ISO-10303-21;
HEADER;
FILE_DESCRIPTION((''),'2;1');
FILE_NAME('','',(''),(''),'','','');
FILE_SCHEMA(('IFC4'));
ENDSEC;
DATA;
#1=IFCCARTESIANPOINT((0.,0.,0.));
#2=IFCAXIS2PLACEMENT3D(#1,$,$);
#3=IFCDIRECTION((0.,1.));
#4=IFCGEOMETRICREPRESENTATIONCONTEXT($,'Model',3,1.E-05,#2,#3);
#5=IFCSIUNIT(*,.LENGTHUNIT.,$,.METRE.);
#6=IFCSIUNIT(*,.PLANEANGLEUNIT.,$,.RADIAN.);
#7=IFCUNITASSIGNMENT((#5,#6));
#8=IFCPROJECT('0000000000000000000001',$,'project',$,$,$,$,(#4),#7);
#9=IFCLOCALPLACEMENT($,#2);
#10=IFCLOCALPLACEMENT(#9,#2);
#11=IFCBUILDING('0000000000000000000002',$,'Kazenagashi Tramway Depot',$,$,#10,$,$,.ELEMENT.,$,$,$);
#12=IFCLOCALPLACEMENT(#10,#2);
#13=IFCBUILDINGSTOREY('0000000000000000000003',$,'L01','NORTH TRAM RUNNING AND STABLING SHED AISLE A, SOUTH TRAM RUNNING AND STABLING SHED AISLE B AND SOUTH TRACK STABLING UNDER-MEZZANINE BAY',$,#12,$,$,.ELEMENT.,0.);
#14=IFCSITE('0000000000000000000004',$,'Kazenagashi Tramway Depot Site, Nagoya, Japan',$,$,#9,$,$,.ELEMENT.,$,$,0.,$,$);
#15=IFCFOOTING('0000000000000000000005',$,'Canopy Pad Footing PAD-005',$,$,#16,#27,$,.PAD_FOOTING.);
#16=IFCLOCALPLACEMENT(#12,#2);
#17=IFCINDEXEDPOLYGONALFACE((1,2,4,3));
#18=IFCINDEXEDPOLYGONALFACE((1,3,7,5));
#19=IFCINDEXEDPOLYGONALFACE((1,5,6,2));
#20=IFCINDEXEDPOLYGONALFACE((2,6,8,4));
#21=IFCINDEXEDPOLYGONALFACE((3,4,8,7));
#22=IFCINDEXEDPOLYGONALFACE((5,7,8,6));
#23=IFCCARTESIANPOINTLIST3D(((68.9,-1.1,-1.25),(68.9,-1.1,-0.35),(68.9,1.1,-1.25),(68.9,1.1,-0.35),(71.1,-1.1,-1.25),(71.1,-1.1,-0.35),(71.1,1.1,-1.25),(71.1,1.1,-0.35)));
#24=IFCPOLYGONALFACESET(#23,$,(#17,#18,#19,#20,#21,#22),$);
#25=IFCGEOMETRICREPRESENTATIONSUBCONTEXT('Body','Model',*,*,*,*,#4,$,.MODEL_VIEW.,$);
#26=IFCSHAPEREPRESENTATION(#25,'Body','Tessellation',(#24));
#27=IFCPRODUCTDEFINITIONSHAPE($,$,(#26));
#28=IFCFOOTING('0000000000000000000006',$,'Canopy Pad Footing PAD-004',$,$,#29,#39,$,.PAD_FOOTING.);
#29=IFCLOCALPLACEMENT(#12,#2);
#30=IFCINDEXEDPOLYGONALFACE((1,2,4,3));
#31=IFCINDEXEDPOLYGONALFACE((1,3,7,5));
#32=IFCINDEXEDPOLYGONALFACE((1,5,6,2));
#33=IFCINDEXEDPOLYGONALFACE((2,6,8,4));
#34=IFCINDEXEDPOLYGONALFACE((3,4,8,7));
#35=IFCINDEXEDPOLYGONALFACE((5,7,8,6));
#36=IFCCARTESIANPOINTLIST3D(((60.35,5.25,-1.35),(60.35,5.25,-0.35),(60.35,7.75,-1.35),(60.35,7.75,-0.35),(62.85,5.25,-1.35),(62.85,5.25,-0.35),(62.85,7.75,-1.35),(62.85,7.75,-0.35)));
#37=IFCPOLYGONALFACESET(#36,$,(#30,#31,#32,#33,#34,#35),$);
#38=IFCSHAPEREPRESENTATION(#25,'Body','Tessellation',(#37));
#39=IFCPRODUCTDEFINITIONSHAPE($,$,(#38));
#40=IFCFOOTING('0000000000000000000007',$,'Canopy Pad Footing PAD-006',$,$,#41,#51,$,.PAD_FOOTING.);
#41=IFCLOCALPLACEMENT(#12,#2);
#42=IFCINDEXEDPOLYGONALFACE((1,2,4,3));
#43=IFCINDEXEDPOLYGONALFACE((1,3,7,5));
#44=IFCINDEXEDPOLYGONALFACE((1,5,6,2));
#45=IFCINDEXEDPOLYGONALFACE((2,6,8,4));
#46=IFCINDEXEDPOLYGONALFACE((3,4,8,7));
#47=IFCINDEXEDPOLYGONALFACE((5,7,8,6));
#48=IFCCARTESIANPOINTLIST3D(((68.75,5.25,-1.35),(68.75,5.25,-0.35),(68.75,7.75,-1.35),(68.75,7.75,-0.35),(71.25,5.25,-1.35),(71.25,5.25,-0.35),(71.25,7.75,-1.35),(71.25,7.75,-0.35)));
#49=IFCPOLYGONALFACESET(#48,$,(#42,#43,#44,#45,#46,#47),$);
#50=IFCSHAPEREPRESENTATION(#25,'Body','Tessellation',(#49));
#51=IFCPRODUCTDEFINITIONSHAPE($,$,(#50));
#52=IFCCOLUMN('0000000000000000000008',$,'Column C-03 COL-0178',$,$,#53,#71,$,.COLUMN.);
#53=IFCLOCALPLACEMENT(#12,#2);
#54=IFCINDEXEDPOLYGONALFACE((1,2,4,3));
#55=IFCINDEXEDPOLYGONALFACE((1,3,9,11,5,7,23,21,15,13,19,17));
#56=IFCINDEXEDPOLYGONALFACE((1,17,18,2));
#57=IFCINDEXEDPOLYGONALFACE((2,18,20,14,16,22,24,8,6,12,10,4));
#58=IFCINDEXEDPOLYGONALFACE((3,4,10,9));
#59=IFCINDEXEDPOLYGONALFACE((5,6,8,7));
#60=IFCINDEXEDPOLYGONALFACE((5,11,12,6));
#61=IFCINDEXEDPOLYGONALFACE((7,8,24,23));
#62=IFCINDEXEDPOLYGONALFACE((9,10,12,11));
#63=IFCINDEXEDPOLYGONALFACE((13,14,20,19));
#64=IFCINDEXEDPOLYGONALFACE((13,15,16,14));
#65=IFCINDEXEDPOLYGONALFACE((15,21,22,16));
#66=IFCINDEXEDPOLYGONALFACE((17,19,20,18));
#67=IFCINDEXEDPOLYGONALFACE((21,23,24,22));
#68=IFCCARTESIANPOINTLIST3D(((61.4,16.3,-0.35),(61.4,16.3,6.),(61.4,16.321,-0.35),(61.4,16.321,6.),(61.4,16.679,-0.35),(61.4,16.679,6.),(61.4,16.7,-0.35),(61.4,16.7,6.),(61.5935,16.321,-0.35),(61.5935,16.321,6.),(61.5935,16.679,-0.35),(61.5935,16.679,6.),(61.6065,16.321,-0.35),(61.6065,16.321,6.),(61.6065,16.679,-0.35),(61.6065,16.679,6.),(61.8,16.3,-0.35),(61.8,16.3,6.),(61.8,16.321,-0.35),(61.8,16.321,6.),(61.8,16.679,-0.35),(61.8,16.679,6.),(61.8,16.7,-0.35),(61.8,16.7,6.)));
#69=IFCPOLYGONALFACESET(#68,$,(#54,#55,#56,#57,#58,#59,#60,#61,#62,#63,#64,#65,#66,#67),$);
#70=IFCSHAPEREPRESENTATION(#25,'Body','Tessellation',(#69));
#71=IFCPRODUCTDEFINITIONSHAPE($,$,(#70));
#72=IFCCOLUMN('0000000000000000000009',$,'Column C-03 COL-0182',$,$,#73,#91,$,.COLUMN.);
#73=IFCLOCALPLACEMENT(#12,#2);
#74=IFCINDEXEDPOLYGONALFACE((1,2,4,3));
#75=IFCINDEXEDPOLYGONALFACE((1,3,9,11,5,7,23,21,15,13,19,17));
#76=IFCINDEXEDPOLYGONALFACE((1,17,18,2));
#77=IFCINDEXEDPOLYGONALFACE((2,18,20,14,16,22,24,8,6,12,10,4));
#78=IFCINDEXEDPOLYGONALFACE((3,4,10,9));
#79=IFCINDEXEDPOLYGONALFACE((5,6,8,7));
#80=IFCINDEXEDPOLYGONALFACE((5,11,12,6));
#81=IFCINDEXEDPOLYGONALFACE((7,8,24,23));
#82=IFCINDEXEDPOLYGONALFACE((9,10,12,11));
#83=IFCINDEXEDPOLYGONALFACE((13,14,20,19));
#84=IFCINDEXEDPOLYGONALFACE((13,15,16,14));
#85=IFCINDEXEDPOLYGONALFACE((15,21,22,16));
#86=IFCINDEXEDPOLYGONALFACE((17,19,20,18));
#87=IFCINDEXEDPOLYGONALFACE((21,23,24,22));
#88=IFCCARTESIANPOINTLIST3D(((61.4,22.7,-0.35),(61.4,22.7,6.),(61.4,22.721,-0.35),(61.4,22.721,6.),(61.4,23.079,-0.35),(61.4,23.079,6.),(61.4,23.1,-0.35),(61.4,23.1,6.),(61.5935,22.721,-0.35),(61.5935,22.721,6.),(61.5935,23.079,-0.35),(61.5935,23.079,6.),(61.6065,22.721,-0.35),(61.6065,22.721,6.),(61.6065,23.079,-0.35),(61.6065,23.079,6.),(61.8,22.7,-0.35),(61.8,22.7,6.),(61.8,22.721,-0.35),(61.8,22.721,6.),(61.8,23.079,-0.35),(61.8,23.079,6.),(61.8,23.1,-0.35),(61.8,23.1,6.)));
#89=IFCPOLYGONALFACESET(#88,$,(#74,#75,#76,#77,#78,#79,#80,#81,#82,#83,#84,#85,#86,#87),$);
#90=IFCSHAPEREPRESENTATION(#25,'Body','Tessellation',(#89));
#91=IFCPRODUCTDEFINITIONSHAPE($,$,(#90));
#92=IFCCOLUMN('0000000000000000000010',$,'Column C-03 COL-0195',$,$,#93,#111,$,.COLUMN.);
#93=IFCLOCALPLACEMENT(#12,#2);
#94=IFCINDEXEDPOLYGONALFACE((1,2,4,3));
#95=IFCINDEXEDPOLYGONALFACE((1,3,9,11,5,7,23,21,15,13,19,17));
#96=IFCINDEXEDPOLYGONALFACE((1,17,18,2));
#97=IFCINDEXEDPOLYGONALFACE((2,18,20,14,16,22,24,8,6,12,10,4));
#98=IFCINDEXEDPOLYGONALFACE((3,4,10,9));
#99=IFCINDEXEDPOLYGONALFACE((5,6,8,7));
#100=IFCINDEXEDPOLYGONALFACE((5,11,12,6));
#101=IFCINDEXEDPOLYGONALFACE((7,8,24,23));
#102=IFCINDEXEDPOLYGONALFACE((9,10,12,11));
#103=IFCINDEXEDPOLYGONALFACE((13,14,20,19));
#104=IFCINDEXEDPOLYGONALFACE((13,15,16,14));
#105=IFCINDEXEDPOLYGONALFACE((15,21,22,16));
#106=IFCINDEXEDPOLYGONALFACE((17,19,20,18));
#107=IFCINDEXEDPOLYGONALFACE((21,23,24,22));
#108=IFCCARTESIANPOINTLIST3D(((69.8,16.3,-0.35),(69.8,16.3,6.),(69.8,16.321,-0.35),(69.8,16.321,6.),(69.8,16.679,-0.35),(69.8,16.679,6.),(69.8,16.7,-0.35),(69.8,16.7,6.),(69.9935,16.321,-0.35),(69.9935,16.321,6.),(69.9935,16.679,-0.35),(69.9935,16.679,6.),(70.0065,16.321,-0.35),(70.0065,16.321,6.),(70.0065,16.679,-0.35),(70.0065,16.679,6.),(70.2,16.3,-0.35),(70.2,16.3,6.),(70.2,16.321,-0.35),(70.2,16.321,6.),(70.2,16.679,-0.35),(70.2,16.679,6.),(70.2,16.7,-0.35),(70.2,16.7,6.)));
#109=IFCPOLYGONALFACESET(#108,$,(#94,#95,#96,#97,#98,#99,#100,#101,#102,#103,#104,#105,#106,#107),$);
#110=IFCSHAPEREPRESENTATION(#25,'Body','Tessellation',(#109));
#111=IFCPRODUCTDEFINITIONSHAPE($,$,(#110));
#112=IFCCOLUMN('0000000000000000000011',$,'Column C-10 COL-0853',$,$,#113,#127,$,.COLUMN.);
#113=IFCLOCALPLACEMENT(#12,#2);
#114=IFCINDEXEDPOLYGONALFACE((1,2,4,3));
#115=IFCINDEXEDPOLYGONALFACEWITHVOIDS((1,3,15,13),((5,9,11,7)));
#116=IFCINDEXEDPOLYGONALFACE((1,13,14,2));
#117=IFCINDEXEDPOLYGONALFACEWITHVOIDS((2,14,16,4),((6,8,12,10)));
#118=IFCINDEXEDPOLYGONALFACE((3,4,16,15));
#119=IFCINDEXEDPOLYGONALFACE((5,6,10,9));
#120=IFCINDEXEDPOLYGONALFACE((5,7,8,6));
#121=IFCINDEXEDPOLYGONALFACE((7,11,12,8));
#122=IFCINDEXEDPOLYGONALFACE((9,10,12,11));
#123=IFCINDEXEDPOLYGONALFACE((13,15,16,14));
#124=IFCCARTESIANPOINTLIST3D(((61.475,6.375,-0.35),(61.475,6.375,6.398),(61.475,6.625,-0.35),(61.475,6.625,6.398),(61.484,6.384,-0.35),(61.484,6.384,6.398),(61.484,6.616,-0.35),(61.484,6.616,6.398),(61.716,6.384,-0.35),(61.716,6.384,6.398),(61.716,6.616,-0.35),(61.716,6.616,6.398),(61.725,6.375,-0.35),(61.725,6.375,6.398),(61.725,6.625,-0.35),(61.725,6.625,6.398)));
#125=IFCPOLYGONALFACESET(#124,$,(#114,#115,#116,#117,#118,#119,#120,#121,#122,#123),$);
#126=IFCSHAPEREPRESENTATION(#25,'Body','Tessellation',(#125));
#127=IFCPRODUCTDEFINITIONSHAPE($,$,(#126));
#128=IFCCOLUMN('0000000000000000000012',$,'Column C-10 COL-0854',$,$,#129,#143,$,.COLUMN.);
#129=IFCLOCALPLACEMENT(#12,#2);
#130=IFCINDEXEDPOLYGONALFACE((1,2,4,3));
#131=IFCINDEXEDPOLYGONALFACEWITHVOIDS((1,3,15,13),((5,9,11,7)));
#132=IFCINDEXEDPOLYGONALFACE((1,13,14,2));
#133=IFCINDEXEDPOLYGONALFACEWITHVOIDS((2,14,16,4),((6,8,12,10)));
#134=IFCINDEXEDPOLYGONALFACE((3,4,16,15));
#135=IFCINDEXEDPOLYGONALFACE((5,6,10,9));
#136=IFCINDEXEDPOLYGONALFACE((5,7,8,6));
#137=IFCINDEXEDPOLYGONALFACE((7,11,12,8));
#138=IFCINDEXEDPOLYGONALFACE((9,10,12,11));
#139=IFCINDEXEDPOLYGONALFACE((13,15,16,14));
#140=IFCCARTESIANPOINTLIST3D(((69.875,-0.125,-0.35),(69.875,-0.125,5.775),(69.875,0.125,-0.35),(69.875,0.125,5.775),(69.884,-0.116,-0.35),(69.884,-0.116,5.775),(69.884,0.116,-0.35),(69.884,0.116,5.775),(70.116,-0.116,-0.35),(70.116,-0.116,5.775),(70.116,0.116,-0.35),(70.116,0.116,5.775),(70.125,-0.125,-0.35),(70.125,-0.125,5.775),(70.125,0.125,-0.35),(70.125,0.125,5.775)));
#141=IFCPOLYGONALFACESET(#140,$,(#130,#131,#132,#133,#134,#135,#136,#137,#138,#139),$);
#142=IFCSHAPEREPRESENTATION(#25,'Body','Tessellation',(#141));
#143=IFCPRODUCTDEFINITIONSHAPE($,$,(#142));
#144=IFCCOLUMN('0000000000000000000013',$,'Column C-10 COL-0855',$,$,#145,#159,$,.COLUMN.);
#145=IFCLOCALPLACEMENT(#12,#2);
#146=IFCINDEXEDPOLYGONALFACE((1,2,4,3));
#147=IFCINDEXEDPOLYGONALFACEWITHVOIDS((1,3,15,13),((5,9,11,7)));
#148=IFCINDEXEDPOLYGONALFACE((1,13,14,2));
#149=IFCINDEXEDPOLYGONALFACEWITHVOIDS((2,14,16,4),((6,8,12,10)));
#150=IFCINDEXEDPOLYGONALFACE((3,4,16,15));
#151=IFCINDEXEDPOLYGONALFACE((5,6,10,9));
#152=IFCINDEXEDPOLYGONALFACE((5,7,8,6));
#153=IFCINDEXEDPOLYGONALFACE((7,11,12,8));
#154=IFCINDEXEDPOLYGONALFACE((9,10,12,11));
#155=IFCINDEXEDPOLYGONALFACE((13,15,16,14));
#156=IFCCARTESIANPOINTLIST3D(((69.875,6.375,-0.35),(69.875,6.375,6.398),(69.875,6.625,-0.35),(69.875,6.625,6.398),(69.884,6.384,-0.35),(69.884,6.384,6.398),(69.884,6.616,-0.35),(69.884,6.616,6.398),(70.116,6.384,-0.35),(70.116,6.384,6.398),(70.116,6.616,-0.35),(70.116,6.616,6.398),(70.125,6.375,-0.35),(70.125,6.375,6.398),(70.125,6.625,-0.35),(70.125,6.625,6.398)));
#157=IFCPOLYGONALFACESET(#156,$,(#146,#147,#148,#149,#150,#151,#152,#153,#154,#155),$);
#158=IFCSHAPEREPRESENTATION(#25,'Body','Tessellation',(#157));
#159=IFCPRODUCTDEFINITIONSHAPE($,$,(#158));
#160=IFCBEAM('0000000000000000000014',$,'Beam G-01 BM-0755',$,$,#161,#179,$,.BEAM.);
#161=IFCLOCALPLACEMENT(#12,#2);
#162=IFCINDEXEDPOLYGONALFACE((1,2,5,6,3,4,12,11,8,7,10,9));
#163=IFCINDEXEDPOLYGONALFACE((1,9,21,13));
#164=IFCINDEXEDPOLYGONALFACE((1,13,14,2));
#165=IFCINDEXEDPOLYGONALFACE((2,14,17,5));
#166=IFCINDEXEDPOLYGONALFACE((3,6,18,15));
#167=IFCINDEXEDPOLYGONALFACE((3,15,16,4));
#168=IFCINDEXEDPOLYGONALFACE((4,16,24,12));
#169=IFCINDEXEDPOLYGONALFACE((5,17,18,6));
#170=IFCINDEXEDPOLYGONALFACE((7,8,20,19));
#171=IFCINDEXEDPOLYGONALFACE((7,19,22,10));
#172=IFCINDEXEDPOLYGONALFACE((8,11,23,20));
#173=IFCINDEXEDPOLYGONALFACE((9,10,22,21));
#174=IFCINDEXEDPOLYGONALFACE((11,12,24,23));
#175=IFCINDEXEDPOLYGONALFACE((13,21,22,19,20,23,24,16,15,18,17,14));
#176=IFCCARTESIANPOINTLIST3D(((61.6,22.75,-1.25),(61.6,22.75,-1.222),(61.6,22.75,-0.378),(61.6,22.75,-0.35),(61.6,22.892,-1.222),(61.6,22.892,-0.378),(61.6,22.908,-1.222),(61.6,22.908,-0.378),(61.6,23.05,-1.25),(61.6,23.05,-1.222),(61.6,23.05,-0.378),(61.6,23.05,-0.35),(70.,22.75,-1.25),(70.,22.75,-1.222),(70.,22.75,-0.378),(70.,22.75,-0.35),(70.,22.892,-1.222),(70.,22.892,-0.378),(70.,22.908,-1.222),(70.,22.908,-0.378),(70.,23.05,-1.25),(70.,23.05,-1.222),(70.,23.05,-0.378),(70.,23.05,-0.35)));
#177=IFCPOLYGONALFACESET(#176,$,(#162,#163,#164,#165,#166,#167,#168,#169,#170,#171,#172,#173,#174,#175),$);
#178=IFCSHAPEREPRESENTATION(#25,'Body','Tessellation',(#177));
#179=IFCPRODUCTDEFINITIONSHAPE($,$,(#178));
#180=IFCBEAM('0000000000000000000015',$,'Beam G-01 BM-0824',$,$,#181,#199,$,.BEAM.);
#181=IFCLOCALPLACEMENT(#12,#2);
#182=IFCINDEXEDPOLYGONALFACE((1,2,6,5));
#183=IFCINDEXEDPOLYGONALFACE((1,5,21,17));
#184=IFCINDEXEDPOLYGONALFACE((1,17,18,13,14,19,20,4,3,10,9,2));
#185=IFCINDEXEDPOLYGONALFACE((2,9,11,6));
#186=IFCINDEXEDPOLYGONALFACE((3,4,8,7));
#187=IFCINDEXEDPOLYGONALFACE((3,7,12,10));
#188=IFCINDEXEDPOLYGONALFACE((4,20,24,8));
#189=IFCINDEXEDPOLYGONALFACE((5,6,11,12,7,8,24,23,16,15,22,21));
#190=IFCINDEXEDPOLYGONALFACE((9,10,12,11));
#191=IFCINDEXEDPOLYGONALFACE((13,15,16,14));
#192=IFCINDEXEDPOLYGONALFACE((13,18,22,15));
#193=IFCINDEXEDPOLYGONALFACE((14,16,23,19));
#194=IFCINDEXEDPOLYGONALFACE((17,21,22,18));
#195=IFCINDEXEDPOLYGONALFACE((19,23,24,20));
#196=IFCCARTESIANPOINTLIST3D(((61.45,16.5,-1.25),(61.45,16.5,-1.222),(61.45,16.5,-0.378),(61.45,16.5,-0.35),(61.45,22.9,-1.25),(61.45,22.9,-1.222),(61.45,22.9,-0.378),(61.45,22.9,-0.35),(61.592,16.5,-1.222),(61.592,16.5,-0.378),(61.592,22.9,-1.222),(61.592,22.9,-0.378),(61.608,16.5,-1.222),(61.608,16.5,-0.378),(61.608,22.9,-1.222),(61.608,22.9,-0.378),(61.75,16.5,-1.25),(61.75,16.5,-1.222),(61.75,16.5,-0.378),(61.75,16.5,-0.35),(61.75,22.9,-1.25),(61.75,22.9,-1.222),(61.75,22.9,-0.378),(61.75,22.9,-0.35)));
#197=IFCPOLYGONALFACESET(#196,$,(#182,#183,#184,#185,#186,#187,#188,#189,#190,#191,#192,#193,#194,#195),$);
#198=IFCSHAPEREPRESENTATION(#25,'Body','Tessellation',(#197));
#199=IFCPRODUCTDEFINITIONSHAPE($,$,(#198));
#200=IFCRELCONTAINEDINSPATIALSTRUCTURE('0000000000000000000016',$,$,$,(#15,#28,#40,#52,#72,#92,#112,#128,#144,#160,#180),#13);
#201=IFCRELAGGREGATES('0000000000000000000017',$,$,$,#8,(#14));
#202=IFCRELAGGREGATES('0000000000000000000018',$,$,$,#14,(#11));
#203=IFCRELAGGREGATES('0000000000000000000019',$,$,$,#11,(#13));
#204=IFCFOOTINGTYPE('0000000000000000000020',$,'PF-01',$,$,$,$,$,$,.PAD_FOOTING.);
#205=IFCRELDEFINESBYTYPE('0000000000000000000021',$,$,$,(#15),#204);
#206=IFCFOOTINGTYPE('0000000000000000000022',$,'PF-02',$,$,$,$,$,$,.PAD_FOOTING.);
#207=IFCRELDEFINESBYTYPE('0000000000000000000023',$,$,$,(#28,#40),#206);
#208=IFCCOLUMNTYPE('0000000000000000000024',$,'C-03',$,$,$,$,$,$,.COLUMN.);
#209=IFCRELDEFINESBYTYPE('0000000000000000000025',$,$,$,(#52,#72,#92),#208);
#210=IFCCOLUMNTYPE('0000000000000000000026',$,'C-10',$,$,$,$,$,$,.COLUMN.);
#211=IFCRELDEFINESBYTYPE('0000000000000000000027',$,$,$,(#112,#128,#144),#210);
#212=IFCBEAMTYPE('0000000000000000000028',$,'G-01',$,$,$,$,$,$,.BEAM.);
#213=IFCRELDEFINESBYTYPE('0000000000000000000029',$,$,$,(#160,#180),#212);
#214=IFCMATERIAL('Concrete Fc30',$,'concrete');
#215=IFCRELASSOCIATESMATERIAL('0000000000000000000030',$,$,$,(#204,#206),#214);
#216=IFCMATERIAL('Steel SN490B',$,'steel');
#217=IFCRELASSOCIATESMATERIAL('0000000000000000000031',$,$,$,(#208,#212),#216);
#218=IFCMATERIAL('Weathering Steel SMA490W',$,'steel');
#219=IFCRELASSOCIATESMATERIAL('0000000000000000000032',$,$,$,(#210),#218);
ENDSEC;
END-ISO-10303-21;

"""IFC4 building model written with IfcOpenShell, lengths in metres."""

from ifc_helpers import new_model, si_unit, direction, frame, origin, origin_2d, place, context, subcontext, project, spatial, rectangle, hollow_rectangle, i_section, extrude, material, material_profile, profile_set, type_object, element, save


model = new_model("IFC4")

# Units and contexts
model_context = context("Model", 3, precision=1e-05, world=origin(), true_north=direction((0.0, 1.0)))
body_context = subcontext(model_context, "Body", "Model", "MODEL_VIEW")
ifc_project = project(units=[si_unit("LENGTHUNIT", "METRE"), si_unit("PLANEANGLEUNIT", "RADIAN")], contexts=[model_context])

# Site, building, storey
site_placement = place(None, origin())
site = spatial("IfcSite", under=ifc_project, at=site_placement, Name="Kazenagashi Tramway Depot Site, Nagoya, Japan", CompositionType="ELEMENT", RefElevation=0.0)
building_placement = place(site_placement, origin())
building = spatial("IfcBuilding", under=site, at=building_placement, Name="Kazenagashi Tramway Depot", CompositionType="ELEMENT")
storey_placement = place(building_placement, origin())
storey = spatial("IfcBuildingStorey", under=building, at=storey_placement, Name="L01", Description="NORTH TRAM RUNNING AND STABLING SHED AISLE A, SOUTH TRAM RUNNING AND STABLING SHED AISLE B AND SOUTH TRACK STABLING UNDER-MEZZANINE BAY", CompositionType="ELEMENT", Elevation=0.0)

# Footings
ifc_material_1 = material(Name="Concrete Fc30", Category="concrete")
footing_type_1 = type_object("IfcFootingType", Name="PF-01", PredefinedType="PAD_FOOTING", material=ifc_material_1)
footing_placement = place(storey_placement, frame((70.0, 0.0, -1.25), z_axis=(0.0, 0.0, 1.0), x_axis=(1.0, 0.0, 0.0)))
element("IfcFooting", 1, at=footing_placement, inside=storey, type_object=footing_type_1, Name="Canopy Pad Footing PAD-005", PredefinedType="PAD_FOOTING", context=body_context, shape_type="SweptSolid", body=[
    extrude(rectangle(XDim=2.2, YDim=2.2, at=origin_2d()), origin(), (0.0, 0.0, 1.0), 0.9),
])
footing_type_2 = type_object("IfcFootingType", Name="PF-02", PredefinedType="PAD_FOOTING", material=ifc_material_1)
for number, where, z_axis, x_axis, name in (
    (2, (61.6, 6.5, -1.35), (0.0, 0.0, 1.0), (1.0, 0.0, 0.0), "Canopy Pad Footing PAD-004"),
    (3, (70.0, 6.5, -1.35), (0.0, 0.0, 1.0), (1.0, 0.0, 0.0), "Canopy Pad Footing PAD-006"),
):
    element("IfcFooting", number, at=place(storey_placement, frame(where, z_axis=z_axis, x_axis=x_axis)), inside=storey, type_object=footing_type_2, Name=name, PredefinedType="PAD_FOOTING", context=body_context, shape_type="SweptSolid", body=[
        extrude(rectangle(XDim=2.5, YDim=2.5, at=origin_2d()), origin(), (0.0, 0.0, 1.0), 1.0),
    ])

# Columns
ifc_material_2 = material(Name="Steel SN490B", Category="steel")
ifc_material_profile_1 = material_profile(ifc_material_2, i_section(OverallWidth=0.4, OverallDepth=0.4, WebThickness=0.013, FlangeThickness=0.021, at=origin_2d()), Name="H-400x400x13x21")
ifc_profile_set_1 = profile_set([ifc_material_profile_1], Name="Steel SN490B")
column_type_1 = type_object("IfcColumnType", Name="C-03", PredefinedType="COLUMN", material=ifc_profile_set_1)
for number, where, z_axis, x_axis, name in (
    (4, (61.6, 16.5, -0.35), (0.0, 0.0, 1.0), (1.0, 0.0, 0.0), "Column C-03 COL-0178"),
    (5, (61.6, 22.9, -0.35), (0.0, 0.0, 1.0), (1.0, 0.0, 0.0), "Column C-03 COL-0182"),
    (6, (70.0, 16.5, -0.35), (0.0, 0.0, 1.0), (1.0, 0.0, 0.0), "Column C-03 COL-0195"),
):
    element("IfcColumn", number, at=place(storey_placement, frame(where, z_axis=z_axis, x_axis=x_axis)), inside=storey, type_object=column_type_1, Name=name, PredefinedType="COLUMN", context=body_context, shape_type="SweptSolid", body=[
        extrude(i_section(OverallWidth=0.4, OverallDepth=0.4, WebThickness=0.013, FlangeThickness=0.021, at=origin_2d()), origin(), (0.0, 0.0, 1.0), 6.35),
    ])
ifc_material_3 = material(Name="Weathering Steel SMA490W", Category="steel")
ifc_material_profile_2 = material_profile(ifc_material_3, hollow_rectangle(XDim=0.25, YDim=0.25, WallThickness=0.009, at=origin_2d()), Name="SHS-250x250x9")
ifc_profile_set_2 = profile_set([ifc_material_profile_2], Name="Weathering Steel SMA490W")
column_type_2 = type_object("IfcColumnType", Name="C-10", PredefinedType="COLUMN", material=ifc_profile_set_2)
column_1_placement = place(storey_placement, frame((61.6, 6.5, -0.35), z_axis=(0.0, 0.0, 1.0), x_axis=(1.0, 0.0, 0.0)))
element("IfcColumn", 7, at=column_1_placement, inside=storey, type_object=column_type_2, Name="Column C-10 COL-0853", PredefinedType="COLUMN", context=body_context, shape_type="SweptSolid", body=[
    extrude(hollow_rectangle(XDim=0.25, YDim=0.25, WallThickness=0.009, at=origin_2d()), origin(), (0.0, 0.0, 1.0), 6.748),
])
column_2_placement = place(storey_placement, frame((70.0, 0.0, -0.35), z_axis=(0.0, 0.0, 1.0), x_axis=(1.0, 0.0, 0.0)))
element("IfcColumn", 8, at=column_2_placement, inside=storey, type_object=column_type_2, Name="Column C-10 COL-0854", PredefinedType="COLUMN", context=body_context, shape_type="SweptSolid", body=[
    extrude(hollow_rectangle(XDim=0.25, YDim=0.25, WallThickness=0.009, at=origin_2d()), origin(), (0.0, 0.0, 1.0), 6.125),
])
column_3_placement = place(storey_placement, frame((70.0, 6.5, -0.35), z_axis=(0.0, 0.0, 1.0), x_axis=(1.0, 0.0, 0.0)))
element("IfcColumn", 9, at=column_3_placement, inside=storey, type_object=column_type_2, Name="Column C-10 COL-0855", PredefinedType="COLUMN", context=body_context, shape_type="SweptSolid", body=[
    extrude(hollow_rectangle(XDim=0.25, YDim=0.25, WallThickness=0.009, at=origin_2d()), origin(), (0.0, 0.0, 1.0), 6.748),
])

# Beams
ifc_material_profile_3 = material_profile(ifc_material_2, i_section(OverallWidth=0.3, OverallDepth=0.9, WebThickness=0.016, FlangeThickness=0.028, at=origin_2d()), Name="H-900x300x16x28")
ifc_profile_set_3 = profile_set([ifc_material_profile_3], Name="Steel SN490B")
beam_type_1 = type_object("IfcBeamType", Name="G-01", PredefinedType="BEAM", material=ifc_profile_set_3)
beam_1_placement = place(storey_placement, frame((61.6, 22.9, -0.8), z_axis=(1.0, 0.0, 0.0), x_axis=(0.0, 1.0, 0.0)))
element("IfcBeam", 10, at=beam_1_placement, inside=storey, type_object=beam_type_1, Name="Beam G-01 BM-0755", PredefinedType="BEAM", context=body_context, shape_type="SweptSolid", body=[
    extrude(i_section(OverallWidth=0.3, OverallDepth=0.9, WebThickness=0.016, FlangeThickness=0.028, at=origin_2d()), origin(), (0.0, 0.0, 1.0), 8.4),
])
beam_2_placement = place(storey_placement, frame((61.6, 16.5, -0.8), z_axis=(0.0, 1.0, 0.0), x_axis=(-1.0, 0.0, 0.0)))
element("IfcBeam", 11, at=beam_2_placement, inside=storey, type_object=beam_type_1, Name="Beam G-01 BM-0824", PredefinedType="BEAM", context=body_context, shape_type="SweptSolid", body=[
    extrude(i_section(OverallWidth=0.3, OverallDepth=0.9, WebThickness=0.016, FlangeThickness=0.028, at=origin_2d()), origin(), (0.0, 0.0, 1.0), 6.4),
])

save(model, "model.ifc")
